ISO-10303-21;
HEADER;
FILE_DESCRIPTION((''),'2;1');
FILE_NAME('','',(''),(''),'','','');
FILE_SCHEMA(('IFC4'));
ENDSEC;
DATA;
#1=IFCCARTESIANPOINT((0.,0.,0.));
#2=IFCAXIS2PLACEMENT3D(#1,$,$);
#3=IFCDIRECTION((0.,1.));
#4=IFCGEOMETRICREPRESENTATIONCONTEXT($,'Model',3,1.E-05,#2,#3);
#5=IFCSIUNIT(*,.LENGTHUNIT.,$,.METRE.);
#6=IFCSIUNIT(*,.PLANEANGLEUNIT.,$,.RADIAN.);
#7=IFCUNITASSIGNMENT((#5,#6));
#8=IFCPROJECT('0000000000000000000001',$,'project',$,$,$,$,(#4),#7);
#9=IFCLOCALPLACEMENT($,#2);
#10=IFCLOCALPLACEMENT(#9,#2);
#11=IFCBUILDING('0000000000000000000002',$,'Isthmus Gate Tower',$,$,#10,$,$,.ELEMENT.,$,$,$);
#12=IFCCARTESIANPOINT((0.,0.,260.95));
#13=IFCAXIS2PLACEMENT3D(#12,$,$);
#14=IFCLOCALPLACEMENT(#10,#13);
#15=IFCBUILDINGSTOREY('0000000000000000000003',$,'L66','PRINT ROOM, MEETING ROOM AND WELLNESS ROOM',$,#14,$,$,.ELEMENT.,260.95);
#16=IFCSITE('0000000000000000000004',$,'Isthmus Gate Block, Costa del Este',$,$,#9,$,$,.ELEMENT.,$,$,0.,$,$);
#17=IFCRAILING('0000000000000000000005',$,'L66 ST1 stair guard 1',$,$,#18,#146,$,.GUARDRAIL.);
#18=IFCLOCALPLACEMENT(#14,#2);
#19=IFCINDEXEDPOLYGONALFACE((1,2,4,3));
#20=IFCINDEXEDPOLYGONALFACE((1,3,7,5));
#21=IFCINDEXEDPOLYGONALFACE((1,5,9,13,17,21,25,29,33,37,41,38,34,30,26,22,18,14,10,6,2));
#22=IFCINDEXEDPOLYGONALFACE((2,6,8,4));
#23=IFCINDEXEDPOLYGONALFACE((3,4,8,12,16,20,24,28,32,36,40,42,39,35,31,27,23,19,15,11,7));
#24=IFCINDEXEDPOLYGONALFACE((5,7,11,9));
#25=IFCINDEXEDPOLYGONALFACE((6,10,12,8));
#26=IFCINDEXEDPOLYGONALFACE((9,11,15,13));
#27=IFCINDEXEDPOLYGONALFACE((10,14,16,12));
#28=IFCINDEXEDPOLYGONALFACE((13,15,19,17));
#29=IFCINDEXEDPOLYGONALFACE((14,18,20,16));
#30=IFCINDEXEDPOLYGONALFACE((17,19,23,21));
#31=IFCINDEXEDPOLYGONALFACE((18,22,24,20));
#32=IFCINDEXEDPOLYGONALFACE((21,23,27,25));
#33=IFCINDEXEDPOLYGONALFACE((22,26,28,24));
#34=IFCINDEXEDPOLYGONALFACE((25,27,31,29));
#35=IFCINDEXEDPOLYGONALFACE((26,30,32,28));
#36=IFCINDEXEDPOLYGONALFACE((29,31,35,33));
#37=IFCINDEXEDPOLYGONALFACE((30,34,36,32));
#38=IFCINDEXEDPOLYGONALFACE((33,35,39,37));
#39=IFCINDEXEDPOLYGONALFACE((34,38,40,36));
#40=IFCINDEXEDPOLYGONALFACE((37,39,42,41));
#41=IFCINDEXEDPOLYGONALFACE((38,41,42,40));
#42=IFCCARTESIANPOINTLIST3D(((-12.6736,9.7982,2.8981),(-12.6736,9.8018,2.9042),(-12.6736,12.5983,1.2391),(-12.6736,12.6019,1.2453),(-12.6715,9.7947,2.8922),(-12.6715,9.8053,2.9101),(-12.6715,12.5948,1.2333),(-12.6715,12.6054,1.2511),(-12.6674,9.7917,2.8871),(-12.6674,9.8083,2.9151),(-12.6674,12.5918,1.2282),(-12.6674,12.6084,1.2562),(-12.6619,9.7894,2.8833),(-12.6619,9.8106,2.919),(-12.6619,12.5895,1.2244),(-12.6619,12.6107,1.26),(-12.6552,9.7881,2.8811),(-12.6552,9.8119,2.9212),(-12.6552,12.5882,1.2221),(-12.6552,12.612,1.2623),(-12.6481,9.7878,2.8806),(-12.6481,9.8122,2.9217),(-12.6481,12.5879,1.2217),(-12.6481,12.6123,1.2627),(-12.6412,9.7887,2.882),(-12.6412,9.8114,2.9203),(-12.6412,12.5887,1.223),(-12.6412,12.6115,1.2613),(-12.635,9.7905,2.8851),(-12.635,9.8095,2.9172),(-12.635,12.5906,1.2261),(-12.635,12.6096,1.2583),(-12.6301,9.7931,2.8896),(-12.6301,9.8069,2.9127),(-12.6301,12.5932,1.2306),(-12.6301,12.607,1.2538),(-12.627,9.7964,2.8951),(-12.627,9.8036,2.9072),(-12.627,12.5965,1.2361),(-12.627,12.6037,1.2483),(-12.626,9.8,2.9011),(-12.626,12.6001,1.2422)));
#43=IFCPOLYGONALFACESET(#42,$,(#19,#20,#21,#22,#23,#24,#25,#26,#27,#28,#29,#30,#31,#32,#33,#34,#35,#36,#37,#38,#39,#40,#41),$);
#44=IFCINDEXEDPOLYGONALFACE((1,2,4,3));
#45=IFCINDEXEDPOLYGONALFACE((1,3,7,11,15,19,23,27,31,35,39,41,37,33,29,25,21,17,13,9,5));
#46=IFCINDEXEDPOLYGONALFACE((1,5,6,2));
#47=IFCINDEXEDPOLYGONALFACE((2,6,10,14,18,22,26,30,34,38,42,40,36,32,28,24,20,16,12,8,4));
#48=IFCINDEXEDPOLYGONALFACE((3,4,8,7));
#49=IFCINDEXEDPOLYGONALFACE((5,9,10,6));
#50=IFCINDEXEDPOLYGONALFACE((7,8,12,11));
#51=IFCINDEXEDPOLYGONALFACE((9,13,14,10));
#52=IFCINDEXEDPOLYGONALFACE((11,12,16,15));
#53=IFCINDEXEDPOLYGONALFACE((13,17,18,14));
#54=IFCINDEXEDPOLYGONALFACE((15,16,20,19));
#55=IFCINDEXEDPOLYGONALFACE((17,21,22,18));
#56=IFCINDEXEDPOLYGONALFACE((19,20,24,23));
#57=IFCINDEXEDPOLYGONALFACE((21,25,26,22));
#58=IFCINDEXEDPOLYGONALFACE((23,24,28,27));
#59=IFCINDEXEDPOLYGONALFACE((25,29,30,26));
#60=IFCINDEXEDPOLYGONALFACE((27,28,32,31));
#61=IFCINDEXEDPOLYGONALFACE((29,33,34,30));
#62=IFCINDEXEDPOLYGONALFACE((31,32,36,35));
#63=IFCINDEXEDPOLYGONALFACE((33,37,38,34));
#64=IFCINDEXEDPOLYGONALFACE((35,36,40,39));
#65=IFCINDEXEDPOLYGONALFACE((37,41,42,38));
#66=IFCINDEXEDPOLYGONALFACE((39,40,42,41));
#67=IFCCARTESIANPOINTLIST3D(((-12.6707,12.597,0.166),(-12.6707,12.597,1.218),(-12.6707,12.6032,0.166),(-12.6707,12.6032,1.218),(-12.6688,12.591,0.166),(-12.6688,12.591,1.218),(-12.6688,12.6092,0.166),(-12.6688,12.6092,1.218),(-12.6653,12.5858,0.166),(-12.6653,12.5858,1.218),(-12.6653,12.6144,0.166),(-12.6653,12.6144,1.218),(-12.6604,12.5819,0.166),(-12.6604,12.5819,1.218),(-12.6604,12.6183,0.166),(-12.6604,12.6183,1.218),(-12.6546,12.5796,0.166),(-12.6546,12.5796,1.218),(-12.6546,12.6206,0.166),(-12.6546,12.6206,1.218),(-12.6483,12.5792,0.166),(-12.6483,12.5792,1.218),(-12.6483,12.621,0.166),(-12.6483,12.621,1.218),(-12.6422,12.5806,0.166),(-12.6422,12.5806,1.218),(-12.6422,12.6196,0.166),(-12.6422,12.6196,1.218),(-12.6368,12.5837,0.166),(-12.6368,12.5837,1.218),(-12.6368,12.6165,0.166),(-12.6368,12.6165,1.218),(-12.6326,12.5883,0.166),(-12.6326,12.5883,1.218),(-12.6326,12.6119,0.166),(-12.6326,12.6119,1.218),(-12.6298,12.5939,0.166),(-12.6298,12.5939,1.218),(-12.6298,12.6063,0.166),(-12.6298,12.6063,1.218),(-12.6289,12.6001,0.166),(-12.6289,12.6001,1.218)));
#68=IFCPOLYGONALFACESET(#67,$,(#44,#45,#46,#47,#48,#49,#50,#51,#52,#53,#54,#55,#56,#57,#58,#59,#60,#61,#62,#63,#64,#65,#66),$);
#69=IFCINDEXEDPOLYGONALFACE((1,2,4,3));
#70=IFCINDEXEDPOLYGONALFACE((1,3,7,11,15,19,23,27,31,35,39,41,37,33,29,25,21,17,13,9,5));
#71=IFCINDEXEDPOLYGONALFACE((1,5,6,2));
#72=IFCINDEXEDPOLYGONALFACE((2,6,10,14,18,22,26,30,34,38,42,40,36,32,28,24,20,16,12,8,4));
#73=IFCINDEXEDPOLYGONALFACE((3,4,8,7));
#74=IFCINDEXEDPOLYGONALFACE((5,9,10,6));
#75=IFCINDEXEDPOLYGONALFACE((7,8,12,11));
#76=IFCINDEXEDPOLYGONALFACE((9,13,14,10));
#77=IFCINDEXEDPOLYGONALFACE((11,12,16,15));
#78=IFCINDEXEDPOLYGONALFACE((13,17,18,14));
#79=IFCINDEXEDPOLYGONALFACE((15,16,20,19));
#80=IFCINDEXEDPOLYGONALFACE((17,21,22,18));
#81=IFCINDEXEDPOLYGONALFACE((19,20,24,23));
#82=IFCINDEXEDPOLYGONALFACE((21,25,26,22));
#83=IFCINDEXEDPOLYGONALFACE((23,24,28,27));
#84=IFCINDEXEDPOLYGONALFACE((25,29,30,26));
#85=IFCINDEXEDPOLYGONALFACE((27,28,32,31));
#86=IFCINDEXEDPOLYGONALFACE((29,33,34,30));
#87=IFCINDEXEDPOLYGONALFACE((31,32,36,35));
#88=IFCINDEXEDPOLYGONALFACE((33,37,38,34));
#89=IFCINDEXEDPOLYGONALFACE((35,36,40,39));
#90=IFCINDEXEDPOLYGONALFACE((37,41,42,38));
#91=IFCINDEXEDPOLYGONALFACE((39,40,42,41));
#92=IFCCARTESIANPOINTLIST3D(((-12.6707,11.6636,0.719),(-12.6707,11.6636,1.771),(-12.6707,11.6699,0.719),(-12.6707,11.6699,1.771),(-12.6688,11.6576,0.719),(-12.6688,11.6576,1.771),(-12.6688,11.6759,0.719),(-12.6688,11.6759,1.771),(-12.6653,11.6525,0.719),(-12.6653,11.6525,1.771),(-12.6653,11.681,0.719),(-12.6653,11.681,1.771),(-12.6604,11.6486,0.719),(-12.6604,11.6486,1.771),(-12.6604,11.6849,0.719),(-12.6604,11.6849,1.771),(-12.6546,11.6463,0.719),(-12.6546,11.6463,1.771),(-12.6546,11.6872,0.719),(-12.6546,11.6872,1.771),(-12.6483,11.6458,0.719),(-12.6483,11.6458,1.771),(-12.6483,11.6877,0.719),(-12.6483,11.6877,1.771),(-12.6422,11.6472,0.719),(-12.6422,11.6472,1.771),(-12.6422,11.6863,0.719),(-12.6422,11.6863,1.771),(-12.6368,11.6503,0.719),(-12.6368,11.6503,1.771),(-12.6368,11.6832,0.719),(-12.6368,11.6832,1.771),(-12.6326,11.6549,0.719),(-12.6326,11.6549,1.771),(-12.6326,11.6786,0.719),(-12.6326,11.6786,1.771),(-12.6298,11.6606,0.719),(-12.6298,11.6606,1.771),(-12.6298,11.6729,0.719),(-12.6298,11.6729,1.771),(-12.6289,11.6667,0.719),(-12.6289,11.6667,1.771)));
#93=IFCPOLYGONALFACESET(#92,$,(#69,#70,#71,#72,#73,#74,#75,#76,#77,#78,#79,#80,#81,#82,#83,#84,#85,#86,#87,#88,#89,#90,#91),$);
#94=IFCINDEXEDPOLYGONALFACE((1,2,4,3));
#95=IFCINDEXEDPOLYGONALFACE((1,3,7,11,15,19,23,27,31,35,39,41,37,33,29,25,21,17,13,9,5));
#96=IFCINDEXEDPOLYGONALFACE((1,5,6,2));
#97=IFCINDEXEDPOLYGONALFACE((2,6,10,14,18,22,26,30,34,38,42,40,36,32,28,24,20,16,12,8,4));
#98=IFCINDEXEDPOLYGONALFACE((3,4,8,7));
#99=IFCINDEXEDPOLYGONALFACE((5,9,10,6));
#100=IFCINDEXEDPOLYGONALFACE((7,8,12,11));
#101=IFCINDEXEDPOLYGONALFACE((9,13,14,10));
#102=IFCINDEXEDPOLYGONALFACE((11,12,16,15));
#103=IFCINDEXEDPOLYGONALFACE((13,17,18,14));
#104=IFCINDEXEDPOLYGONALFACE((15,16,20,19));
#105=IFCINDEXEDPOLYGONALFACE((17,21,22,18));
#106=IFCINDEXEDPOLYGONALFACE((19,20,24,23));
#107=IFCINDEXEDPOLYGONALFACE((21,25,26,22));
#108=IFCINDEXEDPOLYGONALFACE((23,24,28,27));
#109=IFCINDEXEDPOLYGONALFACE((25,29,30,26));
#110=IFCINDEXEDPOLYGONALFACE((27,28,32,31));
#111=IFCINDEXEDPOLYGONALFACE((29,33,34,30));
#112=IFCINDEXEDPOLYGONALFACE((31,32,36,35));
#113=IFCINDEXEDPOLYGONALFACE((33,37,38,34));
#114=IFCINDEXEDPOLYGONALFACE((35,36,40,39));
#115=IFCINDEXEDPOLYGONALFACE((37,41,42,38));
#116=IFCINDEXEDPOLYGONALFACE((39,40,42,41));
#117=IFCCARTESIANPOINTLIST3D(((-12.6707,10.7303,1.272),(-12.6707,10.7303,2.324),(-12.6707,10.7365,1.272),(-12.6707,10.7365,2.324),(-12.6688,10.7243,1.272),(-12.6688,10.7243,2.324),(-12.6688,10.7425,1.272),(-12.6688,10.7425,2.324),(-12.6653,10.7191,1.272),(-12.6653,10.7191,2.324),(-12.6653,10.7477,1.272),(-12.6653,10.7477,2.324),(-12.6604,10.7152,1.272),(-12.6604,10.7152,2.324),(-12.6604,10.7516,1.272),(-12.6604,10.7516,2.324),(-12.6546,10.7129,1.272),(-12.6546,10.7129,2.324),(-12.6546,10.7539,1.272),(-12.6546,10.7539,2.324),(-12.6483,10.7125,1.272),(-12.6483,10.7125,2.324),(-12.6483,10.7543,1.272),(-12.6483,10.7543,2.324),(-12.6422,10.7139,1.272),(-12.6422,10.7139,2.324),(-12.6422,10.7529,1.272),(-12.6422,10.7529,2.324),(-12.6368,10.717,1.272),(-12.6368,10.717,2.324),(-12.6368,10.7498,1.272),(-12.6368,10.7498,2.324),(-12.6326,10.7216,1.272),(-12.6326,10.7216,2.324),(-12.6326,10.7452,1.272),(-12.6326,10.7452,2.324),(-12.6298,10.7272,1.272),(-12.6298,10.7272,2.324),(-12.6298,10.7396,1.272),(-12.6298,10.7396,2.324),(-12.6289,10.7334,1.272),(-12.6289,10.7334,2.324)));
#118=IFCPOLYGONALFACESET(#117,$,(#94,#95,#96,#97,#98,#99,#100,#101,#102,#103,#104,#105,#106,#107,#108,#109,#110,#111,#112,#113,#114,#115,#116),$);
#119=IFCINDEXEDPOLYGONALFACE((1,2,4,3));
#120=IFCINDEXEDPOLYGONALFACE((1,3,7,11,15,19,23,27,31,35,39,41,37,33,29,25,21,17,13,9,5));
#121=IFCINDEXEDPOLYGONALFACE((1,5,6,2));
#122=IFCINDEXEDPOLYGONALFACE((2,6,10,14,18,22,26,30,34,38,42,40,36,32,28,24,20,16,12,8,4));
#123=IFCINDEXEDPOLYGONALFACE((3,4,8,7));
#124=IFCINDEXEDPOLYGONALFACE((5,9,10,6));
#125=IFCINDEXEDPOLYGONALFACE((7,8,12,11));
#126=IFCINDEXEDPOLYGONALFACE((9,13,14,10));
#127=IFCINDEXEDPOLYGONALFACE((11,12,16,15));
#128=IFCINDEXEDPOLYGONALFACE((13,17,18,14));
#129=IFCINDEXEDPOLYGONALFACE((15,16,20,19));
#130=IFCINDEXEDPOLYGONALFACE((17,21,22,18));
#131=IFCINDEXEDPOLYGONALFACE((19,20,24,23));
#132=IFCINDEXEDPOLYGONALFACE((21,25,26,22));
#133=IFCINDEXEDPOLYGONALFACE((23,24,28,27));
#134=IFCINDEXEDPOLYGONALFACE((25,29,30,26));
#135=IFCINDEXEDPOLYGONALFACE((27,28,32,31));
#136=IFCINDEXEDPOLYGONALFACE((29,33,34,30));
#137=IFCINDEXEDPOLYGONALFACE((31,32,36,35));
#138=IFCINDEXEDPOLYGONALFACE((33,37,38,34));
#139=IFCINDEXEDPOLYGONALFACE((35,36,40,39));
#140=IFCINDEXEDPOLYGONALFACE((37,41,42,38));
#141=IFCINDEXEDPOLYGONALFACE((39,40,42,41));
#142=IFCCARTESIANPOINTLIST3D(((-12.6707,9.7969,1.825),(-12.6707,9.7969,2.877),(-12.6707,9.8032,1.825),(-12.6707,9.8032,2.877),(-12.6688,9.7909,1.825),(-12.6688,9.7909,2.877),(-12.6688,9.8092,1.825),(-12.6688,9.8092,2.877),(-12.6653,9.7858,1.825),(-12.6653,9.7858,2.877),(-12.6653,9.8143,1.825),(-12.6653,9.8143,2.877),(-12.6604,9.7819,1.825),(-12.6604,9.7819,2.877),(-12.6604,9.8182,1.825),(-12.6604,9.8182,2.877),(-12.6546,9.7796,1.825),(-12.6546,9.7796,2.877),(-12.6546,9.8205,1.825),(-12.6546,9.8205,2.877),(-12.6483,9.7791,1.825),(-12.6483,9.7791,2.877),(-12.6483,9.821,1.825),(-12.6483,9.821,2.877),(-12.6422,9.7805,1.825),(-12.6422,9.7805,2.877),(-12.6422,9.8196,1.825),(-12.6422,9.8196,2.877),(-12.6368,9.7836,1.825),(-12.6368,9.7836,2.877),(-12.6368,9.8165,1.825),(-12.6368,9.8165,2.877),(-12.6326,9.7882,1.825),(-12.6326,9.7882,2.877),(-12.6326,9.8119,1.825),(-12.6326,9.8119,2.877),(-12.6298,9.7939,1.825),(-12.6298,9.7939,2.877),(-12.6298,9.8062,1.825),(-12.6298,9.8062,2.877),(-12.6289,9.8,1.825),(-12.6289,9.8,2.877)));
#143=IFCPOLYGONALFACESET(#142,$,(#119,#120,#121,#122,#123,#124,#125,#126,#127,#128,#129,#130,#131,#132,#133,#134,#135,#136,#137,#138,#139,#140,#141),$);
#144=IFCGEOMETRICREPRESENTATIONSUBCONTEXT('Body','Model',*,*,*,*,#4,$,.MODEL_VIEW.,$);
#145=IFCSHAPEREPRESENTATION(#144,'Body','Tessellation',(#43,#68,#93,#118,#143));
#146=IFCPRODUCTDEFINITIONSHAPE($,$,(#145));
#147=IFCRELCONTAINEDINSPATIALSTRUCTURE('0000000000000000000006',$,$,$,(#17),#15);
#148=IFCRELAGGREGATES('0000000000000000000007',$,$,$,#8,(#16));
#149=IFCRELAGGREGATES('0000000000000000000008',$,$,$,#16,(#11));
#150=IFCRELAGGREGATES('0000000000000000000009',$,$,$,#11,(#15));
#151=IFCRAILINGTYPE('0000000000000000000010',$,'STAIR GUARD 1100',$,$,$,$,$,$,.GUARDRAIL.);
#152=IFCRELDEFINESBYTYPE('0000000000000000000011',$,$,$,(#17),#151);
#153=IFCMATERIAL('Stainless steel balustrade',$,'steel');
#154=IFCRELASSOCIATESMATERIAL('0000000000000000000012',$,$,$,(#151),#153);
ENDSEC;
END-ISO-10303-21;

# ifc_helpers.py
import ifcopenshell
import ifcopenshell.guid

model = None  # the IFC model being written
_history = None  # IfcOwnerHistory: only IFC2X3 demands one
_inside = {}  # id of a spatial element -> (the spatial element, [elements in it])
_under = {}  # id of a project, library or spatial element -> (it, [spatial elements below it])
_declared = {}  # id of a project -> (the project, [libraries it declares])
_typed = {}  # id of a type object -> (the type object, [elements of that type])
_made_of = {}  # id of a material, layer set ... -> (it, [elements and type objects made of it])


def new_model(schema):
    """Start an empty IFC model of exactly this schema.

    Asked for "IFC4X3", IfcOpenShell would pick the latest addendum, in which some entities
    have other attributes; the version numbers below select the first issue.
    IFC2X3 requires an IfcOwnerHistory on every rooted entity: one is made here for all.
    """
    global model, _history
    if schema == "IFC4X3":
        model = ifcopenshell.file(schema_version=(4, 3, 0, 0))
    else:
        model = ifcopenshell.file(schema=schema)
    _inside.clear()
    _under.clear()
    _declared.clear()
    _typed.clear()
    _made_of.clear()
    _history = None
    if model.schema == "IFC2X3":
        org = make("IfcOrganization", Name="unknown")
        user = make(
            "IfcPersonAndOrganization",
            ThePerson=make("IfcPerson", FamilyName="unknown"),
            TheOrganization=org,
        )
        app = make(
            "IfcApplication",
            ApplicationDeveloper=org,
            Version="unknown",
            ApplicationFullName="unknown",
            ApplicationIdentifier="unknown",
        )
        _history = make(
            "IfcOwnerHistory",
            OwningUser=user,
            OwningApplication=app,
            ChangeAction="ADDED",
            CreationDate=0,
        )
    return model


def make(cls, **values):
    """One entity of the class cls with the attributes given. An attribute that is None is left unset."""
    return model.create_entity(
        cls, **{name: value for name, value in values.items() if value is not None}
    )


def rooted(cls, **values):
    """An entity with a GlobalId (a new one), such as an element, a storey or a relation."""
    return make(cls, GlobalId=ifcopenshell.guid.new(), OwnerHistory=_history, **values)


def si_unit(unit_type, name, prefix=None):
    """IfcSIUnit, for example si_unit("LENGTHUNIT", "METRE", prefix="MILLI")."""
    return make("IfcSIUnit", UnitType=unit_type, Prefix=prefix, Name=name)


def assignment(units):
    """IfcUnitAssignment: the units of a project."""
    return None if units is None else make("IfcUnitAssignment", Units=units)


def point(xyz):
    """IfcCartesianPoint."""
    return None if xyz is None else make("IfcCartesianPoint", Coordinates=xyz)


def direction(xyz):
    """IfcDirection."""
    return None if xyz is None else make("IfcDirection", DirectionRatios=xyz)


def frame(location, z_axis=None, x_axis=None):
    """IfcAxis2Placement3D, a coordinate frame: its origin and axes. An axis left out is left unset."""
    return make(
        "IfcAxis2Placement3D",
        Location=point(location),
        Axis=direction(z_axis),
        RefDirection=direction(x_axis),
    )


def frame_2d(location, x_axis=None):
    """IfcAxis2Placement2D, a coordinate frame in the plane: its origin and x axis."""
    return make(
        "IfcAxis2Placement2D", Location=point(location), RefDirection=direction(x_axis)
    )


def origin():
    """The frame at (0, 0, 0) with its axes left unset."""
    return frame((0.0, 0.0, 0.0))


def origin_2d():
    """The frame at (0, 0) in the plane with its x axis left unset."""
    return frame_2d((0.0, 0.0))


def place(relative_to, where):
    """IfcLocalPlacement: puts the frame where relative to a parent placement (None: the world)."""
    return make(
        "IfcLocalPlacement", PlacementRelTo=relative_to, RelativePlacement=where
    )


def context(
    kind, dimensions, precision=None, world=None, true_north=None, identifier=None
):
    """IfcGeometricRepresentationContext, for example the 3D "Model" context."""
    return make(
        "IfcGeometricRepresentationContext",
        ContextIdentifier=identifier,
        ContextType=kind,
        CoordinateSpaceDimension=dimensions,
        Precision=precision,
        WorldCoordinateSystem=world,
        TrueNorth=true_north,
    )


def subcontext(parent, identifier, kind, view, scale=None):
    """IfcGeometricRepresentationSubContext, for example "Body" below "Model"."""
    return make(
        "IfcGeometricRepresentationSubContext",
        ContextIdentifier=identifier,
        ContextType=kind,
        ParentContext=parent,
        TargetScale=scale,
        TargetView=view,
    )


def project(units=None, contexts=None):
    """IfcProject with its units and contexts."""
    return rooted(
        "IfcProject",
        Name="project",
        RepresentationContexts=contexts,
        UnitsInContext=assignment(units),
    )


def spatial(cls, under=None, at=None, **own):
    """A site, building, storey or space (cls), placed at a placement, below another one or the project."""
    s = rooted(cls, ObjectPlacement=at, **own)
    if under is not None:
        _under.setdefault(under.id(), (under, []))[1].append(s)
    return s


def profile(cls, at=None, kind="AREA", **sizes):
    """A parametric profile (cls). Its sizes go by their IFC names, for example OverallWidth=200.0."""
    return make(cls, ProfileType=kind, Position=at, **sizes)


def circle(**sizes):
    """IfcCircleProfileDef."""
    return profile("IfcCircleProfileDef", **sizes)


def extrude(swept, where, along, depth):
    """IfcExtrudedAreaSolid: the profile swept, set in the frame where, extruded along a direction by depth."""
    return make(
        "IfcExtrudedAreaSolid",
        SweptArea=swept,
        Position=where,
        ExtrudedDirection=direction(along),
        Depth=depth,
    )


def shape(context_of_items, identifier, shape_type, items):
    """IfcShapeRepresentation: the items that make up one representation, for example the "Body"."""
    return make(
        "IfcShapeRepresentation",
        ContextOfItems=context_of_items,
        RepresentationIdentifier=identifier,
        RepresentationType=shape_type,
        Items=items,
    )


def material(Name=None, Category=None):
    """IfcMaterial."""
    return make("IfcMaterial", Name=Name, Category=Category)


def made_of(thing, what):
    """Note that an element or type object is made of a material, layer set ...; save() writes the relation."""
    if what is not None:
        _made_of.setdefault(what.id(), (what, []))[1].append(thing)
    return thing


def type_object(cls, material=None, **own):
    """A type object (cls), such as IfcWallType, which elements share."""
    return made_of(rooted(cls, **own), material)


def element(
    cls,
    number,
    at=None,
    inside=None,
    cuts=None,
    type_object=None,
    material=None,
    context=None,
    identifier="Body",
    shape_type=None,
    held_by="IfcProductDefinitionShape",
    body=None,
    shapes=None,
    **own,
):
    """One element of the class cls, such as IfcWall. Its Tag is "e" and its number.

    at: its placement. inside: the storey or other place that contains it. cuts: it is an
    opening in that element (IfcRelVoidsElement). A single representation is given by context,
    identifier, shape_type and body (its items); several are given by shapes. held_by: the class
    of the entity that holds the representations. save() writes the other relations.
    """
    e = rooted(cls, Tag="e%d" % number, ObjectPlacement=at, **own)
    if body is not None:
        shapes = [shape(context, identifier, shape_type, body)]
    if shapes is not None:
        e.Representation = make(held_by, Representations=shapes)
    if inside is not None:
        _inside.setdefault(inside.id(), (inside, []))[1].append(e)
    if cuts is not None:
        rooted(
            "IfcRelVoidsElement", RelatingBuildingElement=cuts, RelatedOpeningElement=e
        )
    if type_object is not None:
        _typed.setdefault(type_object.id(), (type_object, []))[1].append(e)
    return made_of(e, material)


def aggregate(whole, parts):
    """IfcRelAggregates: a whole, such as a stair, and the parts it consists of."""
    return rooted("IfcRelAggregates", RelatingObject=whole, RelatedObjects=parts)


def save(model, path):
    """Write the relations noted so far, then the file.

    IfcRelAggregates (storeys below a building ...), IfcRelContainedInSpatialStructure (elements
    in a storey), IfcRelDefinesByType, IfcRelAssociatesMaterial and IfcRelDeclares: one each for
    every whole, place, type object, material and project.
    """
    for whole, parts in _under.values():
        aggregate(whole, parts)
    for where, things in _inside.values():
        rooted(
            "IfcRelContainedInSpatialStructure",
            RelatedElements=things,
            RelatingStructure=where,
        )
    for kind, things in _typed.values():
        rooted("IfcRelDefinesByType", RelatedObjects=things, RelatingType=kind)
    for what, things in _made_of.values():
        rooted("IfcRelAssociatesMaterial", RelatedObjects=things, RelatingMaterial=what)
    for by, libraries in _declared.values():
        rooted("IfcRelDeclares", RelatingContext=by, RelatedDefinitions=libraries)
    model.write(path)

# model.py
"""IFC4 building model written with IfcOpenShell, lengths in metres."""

from ifc_helpers import new_model, si_unit, direction, frame, origin, origin_2d, place, context, subcontext, project, spatial, circle, extrude, material, type_object, element, save


model = new_model("IFC4")

# Units and contexts
model_context = context("Model", 3, precision=1e-05, world=origin(), true_north=direction((0.0, 1.0)))
body_context = subcontext(model_context, "Body", "Model", "MODEL_VIEW")
ifc_project = project(units=[si_unit("LENGTHUNIT", "METRE"), si_unit("PLANEANGLEUNIT", "RADIAN")], contexts=[model_context])

# Site, building, storey
site_placement = place(None, origin())
site = spatial("IfcSite", under=ifc_project, at=site_placement, Name="Isthmus Gate Block, Costa del Este", CompositionType="ELEMENT", RefElevation=0.0)
building_placement = place(site_placement, origin())
building = spatial("IfcBuilding", under=site, at=building_placement, Name="Isthmus Gate Tower", CompositionType="ELEMENT")
storey_placement = place(building_placement, frame((0.0, 0.0, 260.95)))
storey = spatial("IfcBuildingStorey", under=building, at=storey_placement, Name="L66", Description="PRINT ROOM, MEETING ROOM AND WELLNESS ROOM", CompositionType="ELEMENT", Elevation=260.95)

# Railing
ifc_material_1 = material(Name="Stainless steel balustrade", Category="steel")
railing_type_1 = type_object("IfcRailingType", Name="STAIR GUARD 1100", PredefinedType="GUARDRAIL", material=ifc_material_1)
railing_1_placement = place(storey_placement, frame((-12.6499, 12.6001, 0.166)))
element("IfcRailing", 1, at=railing_1_placement, inside=storey, type_object=railing_type_1, Name="L66 ST1 stair guard 1", PredefinedType="GUARDRAIL", context=body_context, shape_type="SweptSolid", body=[
    extrude(circle(Radius=0.0239, at=origin_2d()), frame((0.0, 0.0, 1.0762), z_axis=(0.0, -0.860339, 0.509722), x_axis=(1.0, 0.0, 0.0)), (0.0, 0.0, 1.0), 3.2546),
    extrude(circle(Radius=0.021, at=origin_2d()), origin(), (0.0, 0.0, 1.0), 1.052),
    extrude(circle(Radius=0.021, at=origin_2d()), frame((0.0, -0.9333, 0.553)), (0.0, 0.0, 1.0), 1.052),
    extrude(circle(Radius=0.021, at=origin_2d()), frame((0.0, -1.8667, 1.106)), (0.0, 0.0, 1.0), 1.052),
    extrude(circle(Radius=0.021, at=origin_2d()), frame((0.0, -2.8, 1.6589)), (0.0, 0.0, 1.0), 1.052),
])

save(model, "model.ifc")
